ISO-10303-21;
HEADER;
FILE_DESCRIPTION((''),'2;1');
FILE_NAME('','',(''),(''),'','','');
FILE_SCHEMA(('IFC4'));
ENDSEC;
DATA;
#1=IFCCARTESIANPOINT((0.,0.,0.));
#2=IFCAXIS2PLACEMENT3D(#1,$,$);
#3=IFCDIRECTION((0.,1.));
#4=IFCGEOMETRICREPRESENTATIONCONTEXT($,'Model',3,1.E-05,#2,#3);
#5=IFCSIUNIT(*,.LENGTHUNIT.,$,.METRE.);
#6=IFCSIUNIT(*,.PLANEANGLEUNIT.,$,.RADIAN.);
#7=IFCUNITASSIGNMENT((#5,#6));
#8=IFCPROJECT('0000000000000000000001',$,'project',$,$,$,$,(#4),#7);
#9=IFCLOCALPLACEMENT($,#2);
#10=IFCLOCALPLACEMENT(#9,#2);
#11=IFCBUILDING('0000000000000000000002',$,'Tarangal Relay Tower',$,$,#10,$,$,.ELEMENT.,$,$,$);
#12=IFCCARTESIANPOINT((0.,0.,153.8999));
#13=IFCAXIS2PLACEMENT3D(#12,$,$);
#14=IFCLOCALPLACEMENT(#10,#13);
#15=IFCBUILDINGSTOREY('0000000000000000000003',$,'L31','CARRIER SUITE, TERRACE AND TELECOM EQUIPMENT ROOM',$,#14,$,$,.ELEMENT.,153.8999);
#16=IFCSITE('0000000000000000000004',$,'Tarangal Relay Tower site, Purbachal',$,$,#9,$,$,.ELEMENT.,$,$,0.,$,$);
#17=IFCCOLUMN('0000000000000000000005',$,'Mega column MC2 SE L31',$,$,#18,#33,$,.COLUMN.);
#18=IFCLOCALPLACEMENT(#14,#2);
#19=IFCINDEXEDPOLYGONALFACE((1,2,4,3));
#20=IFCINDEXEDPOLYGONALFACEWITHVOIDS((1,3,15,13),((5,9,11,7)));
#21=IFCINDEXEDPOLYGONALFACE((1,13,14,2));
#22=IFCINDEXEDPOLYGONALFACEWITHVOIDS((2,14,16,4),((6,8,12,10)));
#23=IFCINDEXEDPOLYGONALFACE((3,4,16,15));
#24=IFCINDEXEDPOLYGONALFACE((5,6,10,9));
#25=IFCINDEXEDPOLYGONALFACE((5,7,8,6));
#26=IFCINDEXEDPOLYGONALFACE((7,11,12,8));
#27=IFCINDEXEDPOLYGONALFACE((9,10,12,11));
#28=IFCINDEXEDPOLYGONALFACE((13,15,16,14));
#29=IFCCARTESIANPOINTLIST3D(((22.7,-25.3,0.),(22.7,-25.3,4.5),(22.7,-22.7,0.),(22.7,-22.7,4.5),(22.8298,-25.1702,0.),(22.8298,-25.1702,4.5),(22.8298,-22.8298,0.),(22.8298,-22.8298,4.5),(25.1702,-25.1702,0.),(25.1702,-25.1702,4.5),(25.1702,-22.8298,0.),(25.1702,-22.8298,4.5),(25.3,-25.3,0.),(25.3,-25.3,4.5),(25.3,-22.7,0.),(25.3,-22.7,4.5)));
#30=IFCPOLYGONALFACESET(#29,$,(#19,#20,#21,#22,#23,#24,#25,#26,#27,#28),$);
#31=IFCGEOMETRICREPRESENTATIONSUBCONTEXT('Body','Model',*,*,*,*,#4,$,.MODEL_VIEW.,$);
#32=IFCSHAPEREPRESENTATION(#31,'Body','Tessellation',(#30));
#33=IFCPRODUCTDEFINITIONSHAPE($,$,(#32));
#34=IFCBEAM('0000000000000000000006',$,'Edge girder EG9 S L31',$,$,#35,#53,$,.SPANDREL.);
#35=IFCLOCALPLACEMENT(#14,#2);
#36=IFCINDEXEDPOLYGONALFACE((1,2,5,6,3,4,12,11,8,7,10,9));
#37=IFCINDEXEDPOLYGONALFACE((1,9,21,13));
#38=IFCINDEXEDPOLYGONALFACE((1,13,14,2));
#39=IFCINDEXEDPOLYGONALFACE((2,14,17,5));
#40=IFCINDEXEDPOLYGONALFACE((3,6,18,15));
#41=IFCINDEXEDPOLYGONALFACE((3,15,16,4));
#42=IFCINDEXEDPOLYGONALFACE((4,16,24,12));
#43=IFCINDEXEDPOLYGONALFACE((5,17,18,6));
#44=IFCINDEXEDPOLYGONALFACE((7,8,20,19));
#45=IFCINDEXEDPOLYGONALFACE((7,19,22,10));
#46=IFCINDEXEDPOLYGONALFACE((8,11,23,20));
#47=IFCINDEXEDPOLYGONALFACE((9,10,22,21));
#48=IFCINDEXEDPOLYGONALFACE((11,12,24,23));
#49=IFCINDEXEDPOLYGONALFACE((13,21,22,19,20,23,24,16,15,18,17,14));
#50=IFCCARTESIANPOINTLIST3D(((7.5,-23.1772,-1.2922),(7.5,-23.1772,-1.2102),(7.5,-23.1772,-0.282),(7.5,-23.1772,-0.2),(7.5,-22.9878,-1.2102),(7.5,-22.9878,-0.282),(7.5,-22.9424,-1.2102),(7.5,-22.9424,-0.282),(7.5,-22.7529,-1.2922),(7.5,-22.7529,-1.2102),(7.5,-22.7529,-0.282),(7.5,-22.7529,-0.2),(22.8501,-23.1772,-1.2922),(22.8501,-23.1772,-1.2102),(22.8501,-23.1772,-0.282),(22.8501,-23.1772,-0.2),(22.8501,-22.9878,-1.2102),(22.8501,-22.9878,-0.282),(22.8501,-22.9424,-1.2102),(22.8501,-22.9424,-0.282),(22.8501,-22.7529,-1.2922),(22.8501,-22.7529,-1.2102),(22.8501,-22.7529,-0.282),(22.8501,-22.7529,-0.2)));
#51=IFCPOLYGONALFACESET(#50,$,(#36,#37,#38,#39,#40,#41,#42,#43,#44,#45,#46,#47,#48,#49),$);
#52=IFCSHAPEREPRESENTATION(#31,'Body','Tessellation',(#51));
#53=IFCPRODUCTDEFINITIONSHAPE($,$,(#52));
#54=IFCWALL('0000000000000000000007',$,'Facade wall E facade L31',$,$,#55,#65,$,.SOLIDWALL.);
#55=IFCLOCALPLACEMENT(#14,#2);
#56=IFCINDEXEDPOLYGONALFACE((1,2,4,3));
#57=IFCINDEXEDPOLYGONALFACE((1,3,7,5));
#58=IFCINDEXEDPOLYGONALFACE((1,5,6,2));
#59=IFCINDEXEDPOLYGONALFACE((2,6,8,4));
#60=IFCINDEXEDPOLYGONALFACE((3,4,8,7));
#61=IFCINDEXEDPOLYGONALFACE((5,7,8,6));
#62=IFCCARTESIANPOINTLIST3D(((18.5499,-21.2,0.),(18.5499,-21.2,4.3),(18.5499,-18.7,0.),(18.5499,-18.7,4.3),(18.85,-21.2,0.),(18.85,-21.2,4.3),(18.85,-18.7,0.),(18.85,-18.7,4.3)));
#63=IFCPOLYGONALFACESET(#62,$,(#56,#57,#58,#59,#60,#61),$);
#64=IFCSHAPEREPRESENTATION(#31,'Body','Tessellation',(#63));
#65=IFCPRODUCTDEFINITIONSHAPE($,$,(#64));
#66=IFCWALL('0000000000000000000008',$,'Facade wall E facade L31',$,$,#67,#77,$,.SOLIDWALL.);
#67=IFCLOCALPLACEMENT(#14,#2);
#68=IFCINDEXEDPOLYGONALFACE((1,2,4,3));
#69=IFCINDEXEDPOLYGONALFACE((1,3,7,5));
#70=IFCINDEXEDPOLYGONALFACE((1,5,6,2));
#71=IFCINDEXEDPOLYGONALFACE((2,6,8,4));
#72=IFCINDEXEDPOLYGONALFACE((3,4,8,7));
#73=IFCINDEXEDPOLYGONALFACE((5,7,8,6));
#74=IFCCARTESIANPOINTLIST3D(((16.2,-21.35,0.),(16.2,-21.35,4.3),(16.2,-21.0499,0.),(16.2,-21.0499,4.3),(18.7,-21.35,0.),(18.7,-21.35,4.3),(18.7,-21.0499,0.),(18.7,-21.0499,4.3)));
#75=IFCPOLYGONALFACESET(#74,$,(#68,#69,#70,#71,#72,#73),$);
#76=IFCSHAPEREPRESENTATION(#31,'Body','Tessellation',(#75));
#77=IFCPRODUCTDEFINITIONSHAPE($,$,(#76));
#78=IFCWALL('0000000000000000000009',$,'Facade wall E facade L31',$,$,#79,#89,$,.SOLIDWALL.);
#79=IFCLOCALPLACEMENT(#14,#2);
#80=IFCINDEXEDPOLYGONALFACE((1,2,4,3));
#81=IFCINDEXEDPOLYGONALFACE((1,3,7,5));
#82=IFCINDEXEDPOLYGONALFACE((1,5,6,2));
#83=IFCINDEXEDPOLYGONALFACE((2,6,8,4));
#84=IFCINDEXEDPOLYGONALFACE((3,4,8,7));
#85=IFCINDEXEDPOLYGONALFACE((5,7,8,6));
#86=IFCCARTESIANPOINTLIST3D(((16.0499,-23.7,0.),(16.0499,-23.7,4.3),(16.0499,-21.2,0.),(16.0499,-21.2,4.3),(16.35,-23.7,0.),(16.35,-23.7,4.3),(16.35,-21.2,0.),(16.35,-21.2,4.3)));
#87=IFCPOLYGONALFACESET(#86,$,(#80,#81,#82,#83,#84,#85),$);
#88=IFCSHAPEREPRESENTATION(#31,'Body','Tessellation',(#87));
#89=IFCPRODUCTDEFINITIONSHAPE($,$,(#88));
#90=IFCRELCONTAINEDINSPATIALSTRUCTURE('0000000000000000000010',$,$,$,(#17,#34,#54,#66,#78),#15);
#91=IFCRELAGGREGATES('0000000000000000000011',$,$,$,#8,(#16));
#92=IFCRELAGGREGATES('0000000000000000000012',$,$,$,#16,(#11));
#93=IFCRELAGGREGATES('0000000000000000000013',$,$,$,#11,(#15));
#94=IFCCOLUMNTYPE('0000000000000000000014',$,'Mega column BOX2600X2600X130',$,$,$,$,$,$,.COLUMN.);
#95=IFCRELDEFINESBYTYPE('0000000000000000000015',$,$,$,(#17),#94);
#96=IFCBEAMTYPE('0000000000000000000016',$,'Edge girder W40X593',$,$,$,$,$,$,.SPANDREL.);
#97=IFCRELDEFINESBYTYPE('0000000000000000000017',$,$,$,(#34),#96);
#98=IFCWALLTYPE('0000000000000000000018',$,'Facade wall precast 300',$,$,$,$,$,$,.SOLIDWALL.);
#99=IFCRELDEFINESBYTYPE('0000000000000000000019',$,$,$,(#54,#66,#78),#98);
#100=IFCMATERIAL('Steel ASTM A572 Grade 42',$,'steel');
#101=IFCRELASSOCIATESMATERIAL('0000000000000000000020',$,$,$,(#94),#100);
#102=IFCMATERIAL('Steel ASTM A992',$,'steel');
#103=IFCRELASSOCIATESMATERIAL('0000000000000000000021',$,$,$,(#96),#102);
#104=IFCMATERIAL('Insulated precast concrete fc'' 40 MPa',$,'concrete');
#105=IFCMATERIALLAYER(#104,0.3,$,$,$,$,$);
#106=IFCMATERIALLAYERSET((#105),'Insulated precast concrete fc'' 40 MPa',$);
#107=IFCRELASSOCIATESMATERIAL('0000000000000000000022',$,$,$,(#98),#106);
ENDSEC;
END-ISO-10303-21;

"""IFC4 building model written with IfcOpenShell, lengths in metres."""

from ifc_helpers import new_model, si_unit, direction, frame, frame_2d, origin, origin_2d, place, context, subcontext, project, spatial, rectangle, hollow_rectangle, i_section, extrude, material, layer, layer_set, material_profile, profile_set, type_object, element, save


model = new_model("IFC4")

# Units and contexts
model_context = context("Model", 3, precision=1e-05, world=origin(), true_north=direction((0.0, 1.0)))
body_context = subcontext(model_context, "Body", "Model", "MODEL_VIEW")
ifc_project = project(units=[si_unit("LENGTHUNIT", "METRE"), si_unit("PLANEANGLEUNIT", "RADIAN")], contexts=[model_context])

# Site, building, storey
site_placement = place(None, origin())
site = spatial("IfcSite", under=ifc_project, at=site_placement, Name="Tarangal Relay Tower site, Purbachal", CompositionType="ELEMENT", RefElevation=0.0)
building_placement = place(site_placement, origin())
building = spatial("IfcBuilding", under=site, at=building_placement, Name="Tarangal Relay Tower", CompositionType="ELEMENT")
storey_placement = place(building_placement, frame((0.0, 0.0, 153.8999)))
storey = spatial("IfcBuildingStorey", under=building, at=storey_placement, Name="L31", Description="CARRIER SUITE, TERRACE AND TELECOM EQUIPMENT ROOM", CompositionType="ELEMENT", Elevation=153.8999)

# Column
ifc_material_1 = material(Name="Steel ASTM A572 Grade 42", Category="steel")
ifc_material_profile_1 = material_profile(ifc_material_1, hollow_rectangle(XDim=2.6001, YDim=2.6001, WallThickness=0.1299, at=origin_2d()), Name="BOX2600X2600X130")
ifc_profile_set_1 = profile_set([ifc_material_profile_1], Name="Steel ASTM A572 Grade 42")
column_type = type_object("IfcColumnType", Name="Mega column BOX2600X2600X130", PredefinedType="COLUMN", material=ifc_profile_set_1)
column_placement = place(storey_placement, frame((24.0, -24.0, 0.0), z_axis=(0.0, 0.0, 1.0), x_axis=(1.0, 0.0, 0.0)))
element("IfcColumn", 1, at=column_placement, inside=storey, type_object=column_type, Name="Mega column MC2 SE L31", PredefinedType="COLUMN", context=body_context, shape_type="SweptSolid", body=[
    extrude(hollow_rectangle(XDim=2.6001, YDim=2.6001, WallThickness=0.1299, at=origin_2d()), origin(), (0.0, 0.0, 1.0), 4.5),
])

# Beam
ifc_material_2 = material(Name="Steel ASTM A992", Category="steel")
ifc_material_profile_2 = material_profile(ifc_material_2, i_section(OverallWidth=0.4243, OverallDepth=1.0923, WebThickness=0.0454, FlangeThickness=0.082, at=origin_2d()), Name="W40X593")
ifc_profile_set_2 = profile_set([ifc_material_profile_2], Name="Steel ASTM A992")
beam_type = type_object("IfcBeamType", Name="Edge girder W40X593", PredefinedType="SPANDREL", material=ifc_profile_set_2)
beam_placement = place(storey_placement, frame((22.8501, -22.9651, -0.7461), z_axis=(-1.0, 0.0, 0.0), x_axis=(0.0, -1.0, 0.0)))
element("IfcBeam", 2, at=beam_placement, inside=storey, type_object=beam_type, Name="Edge girder EG9 S L31", PredefinedType="SPANDREL", context=body_context, shape_type="SweptSolid", body=[
    extrude(i_section(OverallWidth=0.4243, OverallDepth=1.0923, WebThickness=0.0454, FlangeThickness=0.082, at=origin_2d()), origin(), (0.0, 0.0, 1.0), 15.3501),
])

# Walls
ifc_material_3 = material(Name="Insulated precast concrete fc' 40 MPa", Category="concrete")
ifc_layer = layer(ifc_material_3, 0.3)
ifc_layer_set = layer_set([ifc_layer], Name="Insulated precast concrete fc' 40 MPa")
wall_type = type_object("IfcWallType", Name="Facade wall precast 300", PredefinedType="SOLIDWALL", material=ifc_layer_set)
for number, where, z_axis, x_axis, name in (
    (3, (18.7, -18.7, 0.0), (0.0, 0.0, 1.0), (0.0, -1.0, 0.0), "Facade wall E facade L31"),
    (4, (18.7, -21.2, 0.0), (0.0, 0.0, 1.0), (-1.0, 0.0, 0.0), "Facade wall E facade L31"),
    (5, (16.2, -21.2, 0.0), (0.0, 0.0, 1.0), (0.0, -1.0, 0.0), "Facade wall E facade L31"),
):
    element("IfcWall", number, at=place(storey_placement, frame(where, z_axis=z_axis, x_axis=x_axis)), inside=storey, type_object=wall_type, Name=name, PredefinedType="SOLIDWALL", context=body_context, shape_type="SweptSolid", body=[
        extrude(rectangle(XDim=2.5, YDim=0.3, at=frame_2d((1.25, 0.0))), origin(), (0.0, 0.0, 1.0), 4.3),
    ])

save(model, "model.ifc")
